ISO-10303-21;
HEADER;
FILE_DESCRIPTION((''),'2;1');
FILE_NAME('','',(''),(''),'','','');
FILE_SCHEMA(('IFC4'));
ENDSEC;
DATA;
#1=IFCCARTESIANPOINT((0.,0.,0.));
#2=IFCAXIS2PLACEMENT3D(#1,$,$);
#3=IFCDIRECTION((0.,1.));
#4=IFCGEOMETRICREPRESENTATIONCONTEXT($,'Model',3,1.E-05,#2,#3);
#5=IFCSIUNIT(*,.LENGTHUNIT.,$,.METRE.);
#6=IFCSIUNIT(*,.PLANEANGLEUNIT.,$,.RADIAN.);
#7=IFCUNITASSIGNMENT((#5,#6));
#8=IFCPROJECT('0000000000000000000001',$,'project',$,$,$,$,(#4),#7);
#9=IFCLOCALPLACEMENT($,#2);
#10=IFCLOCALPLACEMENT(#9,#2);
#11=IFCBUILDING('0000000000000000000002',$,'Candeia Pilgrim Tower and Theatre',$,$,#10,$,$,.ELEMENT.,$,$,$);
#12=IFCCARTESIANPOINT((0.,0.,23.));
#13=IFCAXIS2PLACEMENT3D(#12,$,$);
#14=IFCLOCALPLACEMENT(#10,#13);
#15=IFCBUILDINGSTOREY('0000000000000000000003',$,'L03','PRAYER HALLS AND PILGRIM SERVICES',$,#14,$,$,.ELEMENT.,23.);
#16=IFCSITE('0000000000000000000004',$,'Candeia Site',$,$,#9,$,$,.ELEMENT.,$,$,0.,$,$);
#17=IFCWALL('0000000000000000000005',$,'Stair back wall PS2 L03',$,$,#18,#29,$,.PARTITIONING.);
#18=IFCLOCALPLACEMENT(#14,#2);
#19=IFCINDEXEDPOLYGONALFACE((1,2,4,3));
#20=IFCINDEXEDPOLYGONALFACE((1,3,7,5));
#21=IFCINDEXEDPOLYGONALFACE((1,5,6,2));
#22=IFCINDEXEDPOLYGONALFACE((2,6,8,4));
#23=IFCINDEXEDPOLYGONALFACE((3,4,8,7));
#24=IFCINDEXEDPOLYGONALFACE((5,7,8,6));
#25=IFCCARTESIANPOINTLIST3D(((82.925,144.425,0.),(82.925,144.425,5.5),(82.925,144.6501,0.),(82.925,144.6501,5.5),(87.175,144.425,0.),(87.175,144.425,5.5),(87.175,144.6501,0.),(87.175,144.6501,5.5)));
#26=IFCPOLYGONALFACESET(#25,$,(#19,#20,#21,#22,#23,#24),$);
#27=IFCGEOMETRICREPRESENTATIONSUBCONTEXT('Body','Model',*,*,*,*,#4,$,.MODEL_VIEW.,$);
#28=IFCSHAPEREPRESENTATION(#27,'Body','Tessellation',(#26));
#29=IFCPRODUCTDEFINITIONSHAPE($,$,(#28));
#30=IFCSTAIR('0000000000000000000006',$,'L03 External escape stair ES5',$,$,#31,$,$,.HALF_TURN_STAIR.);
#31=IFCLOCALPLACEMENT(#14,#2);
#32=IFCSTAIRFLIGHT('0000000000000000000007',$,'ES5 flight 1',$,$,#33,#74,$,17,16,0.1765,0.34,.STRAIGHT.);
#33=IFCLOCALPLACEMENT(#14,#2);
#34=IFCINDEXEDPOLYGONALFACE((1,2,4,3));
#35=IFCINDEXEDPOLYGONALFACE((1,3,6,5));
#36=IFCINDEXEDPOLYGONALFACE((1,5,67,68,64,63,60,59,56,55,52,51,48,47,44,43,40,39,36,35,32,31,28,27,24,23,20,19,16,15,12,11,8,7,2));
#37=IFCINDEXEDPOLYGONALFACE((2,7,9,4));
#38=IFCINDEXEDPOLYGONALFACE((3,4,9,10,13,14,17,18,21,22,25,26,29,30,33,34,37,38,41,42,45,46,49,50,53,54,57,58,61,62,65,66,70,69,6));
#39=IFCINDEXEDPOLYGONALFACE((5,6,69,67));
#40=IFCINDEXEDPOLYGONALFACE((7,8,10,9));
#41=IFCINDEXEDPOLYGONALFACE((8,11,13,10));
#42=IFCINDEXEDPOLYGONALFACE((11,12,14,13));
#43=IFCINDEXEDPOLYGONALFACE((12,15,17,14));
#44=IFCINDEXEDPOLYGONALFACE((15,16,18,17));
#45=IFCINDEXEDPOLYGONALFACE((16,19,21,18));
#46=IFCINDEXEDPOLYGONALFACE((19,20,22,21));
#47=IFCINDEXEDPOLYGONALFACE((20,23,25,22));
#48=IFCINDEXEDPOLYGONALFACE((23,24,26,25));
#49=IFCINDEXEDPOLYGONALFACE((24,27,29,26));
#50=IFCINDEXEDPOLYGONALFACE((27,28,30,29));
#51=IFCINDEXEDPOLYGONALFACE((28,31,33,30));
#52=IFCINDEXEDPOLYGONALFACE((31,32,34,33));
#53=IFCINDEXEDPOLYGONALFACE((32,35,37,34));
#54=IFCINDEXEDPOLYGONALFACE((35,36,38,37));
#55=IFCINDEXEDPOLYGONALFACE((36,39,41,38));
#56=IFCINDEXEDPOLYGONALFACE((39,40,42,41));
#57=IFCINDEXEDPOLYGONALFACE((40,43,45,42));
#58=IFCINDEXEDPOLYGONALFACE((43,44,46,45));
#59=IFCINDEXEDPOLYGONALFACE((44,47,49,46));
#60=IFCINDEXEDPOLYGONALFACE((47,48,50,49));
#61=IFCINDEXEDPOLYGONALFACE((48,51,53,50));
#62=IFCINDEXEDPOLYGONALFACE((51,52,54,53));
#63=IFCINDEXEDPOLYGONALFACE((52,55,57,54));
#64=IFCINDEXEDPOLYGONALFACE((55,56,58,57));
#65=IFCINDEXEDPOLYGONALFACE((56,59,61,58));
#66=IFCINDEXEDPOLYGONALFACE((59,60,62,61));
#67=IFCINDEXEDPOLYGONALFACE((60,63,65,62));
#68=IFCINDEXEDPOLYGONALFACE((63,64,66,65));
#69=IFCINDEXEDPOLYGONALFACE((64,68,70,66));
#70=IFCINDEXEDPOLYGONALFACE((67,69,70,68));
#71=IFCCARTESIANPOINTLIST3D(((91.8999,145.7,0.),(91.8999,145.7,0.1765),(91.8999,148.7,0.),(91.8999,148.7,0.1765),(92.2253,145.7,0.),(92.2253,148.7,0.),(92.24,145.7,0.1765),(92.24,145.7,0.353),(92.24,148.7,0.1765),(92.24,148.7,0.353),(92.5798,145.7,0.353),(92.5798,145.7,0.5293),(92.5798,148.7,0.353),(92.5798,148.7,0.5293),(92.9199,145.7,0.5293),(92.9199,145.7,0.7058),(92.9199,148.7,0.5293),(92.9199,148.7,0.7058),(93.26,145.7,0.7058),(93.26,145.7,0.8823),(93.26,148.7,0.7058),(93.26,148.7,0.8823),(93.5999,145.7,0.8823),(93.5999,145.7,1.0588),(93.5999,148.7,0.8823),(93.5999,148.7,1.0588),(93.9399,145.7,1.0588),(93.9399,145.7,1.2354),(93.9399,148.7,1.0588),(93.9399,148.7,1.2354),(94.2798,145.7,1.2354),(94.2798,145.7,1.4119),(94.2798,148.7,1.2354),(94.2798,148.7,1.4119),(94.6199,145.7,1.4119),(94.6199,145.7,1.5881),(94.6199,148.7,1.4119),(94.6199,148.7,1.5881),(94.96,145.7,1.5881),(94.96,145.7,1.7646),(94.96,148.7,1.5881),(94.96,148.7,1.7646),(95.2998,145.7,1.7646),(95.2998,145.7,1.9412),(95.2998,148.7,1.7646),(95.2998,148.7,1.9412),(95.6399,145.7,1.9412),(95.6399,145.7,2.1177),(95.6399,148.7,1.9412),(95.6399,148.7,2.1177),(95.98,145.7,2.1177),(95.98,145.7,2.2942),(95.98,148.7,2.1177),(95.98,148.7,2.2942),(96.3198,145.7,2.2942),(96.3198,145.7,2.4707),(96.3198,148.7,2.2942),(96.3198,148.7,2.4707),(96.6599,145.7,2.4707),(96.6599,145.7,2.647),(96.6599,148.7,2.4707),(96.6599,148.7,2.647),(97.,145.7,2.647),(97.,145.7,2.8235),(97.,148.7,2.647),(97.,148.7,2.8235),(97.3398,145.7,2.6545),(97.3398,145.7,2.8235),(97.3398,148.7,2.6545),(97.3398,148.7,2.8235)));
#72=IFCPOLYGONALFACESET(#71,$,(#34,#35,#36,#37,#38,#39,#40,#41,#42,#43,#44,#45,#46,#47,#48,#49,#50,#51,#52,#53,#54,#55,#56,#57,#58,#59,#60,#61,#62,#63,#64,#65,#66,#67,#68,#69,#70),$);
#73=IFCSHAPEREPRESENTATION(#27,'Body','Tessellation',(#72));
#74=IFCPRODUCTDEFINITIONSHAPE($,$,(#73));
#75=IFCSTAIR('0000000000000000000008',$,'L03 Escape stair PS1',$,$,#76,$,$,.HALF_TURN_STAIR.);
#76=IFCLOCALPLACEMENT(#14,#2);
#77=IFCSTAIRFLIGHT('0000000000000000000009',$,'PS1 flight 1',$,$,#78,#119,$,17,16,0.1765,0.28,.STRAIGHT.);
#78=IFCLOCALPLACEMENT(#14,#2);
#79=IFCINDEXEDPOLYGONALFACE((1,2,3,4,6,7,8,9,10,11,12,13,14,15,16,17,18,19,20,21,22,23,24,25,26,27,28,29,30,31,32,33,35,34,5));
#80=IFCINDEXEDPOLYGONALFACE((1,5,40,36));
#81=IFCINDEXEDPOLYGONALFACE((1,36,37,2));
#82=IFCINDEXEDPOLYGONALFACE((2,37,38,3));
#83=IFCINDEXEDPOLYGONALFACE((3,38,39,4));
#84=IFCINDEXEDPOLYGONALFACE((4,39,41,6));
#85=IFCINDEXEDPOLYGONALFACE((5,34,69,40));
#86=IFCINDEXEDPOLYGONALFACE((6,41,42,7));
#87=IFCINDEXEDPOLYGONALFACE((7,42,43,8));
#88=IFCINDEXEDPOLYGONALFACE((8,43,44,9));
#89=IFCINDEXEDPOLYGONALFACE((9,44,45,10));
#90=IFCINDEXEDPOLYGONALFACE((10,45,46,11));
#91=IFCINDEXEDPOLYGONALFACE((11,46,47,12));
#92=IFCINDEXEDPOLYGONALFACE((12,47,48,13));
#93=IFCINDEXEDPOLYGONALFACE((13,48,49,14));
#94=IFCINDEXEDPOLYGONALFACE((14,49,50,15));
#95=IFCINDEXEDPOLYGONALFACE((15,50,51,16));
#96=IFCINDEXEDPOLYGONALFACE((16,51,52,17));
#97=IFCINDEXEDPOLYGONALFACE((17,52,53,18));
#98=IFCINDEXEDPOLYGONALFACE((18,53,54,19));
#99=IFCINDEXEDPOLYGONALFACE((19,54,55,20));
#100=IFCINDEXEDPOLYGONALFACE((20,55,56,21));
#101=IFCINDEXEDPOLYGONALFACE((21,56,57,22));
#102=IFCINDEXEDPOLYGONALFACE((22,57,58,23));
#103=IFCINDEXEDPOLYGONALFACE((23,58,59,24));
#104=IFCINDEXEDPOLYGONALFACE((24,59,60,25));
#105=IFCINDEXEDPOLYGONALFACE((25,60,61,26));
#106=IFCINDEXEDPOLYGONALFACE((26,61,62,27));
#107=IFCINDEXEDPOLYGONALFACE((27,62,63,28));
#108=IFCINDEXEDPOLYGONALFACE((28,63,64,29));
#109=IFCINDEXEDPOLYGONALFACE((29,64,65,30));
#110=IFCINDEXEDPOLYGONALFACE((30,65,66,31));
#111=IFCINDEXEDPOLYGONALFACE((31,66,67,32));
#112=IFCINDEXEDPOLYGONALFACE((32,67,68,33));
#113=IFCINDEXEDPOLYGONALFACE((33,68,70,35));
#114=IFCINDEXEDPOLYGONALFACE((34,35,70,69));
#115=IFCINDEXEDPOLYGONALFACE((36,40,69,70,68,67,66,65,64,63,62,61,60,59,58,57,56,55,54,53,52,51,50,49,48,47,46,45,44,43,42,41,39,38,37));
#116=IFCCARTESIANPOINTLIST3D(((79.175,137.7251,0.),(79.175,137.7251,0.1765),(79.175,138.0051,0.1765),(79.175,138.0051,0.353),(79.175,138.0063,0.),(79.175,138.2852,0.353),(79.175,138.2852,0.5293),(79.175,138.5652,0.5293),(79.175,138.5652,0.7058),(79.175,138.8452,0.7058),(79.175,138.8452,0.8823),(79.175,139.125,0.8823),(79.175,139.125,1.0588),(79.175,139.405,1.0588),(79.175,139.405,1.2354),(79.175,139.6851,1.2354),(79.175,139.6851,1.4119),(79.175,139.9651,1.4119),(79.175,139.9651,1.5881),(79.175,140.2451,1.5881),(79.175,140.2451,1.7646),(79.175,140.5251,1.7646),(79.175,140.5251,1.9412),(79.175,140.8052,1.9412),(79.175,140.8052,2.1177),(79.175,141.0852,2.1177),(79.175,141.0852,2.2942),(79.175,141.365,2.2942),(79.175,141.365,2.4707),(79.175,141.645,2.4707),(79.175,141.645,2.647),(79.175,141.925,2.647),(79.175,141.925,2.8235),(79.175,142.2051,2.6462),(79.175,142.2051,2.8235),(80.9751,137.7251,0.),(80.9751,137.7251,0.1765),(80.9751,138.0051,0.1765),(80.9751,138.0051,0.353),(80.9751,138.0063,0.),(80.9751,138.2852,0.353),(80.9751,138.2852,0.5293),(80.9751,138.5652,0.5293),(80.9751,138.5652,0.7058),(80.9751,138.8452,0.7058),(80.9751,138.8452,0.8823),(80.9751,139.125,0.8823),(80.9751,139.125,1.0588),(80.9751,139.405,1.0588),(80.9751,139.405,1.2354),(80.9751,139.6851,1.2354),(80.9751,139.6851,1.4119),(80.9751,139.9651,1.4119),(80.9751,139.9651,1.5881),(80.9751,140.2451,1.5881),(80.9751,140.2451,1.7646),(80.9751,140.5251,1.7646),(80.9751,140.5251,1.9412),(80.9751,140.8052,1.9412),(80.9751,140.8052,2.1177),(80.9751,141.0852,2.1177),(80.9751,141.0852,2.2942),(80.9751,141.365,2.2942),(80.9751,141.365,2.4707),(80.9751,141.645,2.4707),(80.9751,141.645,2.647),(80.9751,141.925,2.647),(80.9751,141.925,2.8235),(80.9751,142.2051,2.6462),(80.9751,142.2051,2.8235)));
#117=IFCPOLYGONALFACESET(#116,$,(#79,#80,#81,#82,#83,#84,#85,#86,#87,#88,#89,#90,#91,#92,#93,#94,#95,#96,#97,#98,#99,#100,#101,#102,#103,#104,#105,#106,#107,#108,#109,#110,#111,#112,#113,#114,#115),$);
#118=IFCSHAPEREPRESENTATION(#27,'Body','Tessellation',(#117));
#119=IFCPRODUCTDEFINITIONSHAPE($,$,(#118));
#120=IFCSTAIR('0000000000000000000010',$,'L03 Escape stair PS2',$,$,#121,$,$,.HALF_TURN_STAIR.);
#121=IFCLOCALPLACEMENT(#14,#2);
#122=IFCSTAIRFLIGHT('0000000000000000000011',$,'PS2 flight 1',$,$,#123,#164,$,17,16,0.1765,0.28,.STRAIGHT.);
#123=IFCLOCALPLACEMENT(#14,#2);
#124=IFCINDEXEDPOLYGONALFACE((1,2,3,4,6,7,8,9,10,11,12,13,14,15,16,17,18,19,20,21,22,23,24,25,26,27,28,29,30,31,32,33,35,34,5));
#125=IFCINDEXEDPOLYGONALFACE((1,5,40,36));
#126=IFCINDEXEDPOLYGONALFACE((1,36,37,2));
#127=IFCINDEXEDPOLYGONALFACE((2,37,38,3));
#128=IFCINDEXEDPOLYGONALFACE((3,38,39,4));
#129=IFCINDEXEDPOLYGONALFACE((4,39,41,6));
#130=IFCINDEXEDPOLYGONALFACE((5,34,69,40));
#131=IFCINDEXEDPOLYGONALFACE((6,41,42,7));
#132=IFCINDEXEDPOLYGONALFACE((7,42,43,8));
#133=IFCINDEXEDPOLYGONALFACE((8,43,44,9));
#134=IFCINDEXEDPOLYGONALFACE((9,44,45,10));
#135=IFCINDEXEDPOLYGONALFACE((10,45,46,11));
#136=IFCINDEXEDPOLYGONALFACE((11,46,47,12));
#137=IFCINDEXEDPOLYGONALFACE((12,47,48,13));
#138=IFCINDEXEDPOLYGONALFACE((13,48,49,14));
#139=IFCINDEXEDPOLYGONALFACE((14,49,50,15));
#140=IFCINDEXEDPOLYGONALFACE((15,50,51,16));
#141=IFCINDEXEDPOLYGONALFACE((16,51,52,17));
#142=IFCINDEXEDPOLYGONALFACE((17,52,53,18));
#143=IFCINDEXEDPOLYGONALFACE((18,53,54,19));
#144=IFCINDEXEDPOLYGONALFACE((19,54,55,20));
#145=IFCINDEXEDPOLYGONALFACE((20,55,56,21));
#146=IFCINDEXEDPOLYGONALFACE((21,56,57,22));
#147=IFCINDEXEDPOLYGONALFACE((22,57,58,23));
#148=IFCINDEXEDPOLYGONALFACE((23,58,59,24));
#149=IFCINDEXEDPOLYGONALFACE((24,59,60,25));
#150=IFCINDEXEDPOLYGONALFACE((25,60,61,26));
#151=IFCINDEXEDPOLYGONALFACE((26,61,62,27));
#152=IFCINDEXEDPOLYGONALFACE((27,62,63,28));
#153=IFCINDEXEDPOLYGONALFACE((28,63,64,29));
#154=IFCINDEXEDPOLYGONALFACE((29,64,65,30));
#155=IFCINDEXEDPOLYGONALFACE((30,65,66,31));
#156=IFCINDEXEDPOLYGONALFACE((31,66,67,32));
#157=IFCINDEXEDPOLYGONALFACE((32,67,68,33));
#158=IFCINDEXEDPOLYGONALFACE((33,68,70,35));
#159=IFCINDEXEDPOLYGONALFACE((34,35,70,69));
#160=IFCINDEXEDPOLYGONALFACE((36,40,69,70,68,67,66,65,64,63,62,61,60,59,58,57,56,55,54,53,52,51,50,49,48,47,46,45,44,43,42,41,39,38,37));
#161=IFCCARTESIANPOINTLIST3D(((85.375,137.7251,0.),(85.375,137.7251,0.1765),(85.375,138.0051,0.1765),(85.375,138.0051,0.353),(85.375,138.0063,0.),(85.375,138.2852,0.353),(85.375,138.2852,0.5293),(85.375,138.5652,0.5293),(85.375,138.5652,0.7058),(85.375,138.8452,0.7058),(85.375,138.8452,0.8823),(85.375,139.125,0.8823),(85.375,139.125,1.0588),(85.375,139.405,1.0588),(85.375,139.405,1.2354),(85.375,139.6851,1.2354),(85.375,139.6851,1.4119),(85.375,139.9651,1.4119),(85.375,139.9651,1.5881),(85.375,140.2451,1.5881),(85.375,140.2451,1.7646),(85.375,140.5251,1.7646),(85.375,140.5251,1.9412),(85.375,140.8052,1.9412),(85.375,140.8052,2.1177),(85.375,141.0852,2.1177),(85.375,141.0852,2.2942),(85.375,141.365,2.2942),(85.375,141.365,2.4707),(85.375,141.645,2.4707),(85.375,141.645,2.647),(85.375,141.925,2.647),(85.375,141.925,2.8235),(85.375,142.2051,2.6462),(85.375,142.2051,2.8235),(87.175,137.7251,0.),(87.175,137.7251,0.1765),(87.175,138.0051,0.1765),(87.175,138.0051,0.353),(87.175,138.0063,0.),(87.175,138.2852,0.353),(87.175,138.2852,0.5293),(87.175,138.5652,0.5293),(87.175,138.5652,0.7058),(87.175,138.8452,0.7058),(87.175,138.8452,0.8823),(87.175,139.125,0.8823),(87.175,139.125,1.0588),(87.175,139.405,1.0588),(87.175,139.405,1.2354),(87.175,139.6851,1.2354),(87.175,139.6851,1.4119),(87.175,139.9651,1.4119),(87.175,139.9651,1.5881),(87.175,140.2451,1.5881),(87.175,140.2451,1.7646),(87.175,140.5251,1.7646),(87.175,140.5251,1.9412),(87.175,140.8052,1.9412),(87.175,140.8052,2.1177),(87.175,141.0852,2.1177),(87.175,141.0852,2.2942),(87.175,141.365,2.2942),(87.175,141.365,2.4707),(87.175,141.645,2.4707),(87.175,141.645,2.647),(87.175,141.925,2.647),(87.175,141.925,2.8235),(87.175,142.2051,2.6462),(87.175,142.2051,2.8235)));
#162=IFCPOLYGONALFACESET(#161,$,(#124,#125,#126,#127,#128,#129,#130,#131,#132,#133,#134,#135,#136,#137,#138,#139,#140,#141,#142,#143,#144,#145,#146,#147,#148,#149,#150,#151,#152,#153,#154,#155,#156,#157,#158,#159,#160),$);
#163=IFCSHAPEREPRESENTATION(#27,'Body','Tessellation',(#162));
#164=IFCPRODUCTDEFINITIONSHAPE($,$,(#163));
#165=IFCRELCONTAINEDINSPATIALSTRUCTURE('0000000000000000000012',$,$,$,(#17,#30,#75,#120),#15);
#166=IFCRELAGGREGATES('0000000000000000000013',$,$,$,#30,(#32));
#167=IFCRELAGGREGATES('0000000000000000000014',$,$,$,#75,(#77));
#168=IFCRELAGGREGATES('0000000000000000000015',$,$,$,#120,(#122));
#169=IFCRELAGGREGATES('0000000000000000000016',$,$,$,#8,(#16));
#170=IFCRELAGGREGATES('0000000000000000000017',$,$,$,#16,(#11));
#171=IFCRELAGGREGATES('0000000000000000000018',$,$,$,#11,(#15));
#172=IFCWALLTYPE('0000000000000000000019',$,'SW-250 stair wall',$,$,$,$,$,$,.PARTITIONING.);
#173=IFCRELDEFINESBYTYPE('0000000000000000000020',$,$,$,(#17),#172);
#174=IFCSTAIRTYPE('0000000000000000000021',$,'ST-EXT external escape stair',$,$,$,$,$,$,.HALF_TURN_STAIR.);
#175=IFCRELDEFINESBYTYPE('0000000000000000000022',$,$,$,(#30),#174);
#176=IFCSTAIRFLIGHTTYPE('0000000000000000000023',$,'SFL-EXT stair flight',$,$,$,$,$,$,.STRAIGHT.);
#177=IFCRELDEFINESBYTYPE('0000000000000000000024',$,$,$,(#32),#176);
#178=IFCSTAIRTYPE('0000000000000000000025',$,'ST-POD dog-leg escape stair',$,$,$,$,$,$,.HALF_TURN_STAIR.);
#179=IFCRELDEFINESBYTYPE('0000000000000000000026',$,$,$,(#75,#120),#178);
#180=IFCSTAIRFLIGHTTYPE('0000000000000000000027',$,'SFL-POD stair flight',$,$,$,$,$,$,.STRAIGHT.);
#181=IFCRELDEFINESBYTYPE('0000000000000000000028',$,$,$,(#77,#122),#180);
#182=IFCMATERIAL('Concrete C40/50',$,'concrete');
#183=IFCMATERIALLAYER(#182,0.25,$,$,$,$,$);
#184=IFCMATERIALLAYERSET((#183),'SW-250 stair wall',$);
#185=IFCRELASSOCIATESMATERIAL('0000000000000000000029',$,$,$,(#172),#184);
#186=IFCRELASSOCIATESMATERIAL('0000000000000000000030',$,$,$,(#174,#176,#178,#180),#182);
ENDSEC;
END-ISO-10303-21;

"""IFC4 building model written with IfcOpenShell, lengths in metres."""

from ifc_helpers import new_model, si_unit, direction, frame, frame_2d, origin, place, context, subcontext, project, spatial, polyline, rectangle, outline, extrude, material, layer, layer_set, type_object, element, aggregate, save


model = new_model("IFC4")

# Units and contexts
model_context = context("Model", 3, precision=1e-05, world=origin(), true_north=direction((0.0, 1.0)))
body_context = subcontext(model_context, "Body", "Model", "MODEL_VIEW")
ifc_project = project(units=[si_unit("LENGTHUNIT", "METRE"), si_unit("PLANEANGLEUNIT", "RADIAN")], contexts=[model_context])

# Site, building, storey
site_placement = place(None, origin())
site = spatial("IfcSite", under=ifc_project, at=site_placement, Name="Candeia Site", CompositionType="ELEMENT", RefElevation=0.0)
building_placement = place(site_placement, origin())
building = spatial("IfcBuilding", under=site, at=building_placement, Name="Candeia Pilgrim Tower and Theatre", CompositionType="ELEMENT")
storey_placement = place(building_placement, frame((0.0, 0.0, 23.0)))
storey = spatial("IfcBuildingStorey", under=building, at=storey_placement, Name="L03", Description="PRAYER HALLS AND PILGRIM SERVICES", CompositionType="ELEMENT", Elevation=23.0)

# Shared definitions
ifc_material_1 = material(Name="Concrete C40/50", Category="concrete")

# Wall
ifc_layer_1 = layer(ifc_material_1, 0.25)
ifc_layer_set_1 = layer_set([ifc_layer_1], Name="SW-250 stair wall")
wall_type_1 = type_object("IfcWallType", Name="SW-250 stair wall", PredefinedType="PARTITIONING", material=ifc_layer_set_1)
wall_1_placement = place(storey_placement, frame((82.925, 144.5376, 0.0), z_axis=(0.0, 0.0, 1.0), x_axis=(1.0, 0.0, 0.0)))
element("IfcWall", 1, at=wall_1_placement, inside=storey, type_object=wall_type_1, Name="Stair back wall PS2 L03", PredefinedType="PARTITIONING", context=body_context, shape_type="SweptSolid", body=[
    extrude(rectangle(XDim=4.25, YDim=0.2251, at=frame_2d((2.125, 0.0))), origin(), (0.0, 0.0, 1.0), 5.5),
])

# Stairs, stair flights
stair_type_1 = type_object("IfcStairType", Name="ST-EXT external escape stair", PredefinedType="HALF_TURN_STAIR", material=ifc_material_1)
stair_1_placement = place(storey_placement, origin())
stair_1 = element("IfcStair", 2, at=stair_1_placement, inside=storey, type_object=stair_type_1, Name="L03 External escape stair ES5", PredefinedType="HALF_TURN_STAIR")
stair_flight_type_1 = type_object("IfcStairFlightType", Name="SFL-EXT stair flight", PredefinedType="STRAIGHT", material=ifc_material_1)
stair_flight_1_placement = place(storey_placement, frame((91.8999, 147.2, 0.0), z_axis=(0.0, 0.0, 1.0), x_axis=(1.0, 0.0, 0.0)))
stair_flight_1 = element("IfcStairFlight", 3, at=stair_flight_1_placement, type_object=stair_flight_type_1, Name="ES5 flight 1", NumberOfRisers=17, NumberOfTreads=16, PredefinedType="STRAIGHT", RiserHeight=0.1765, TreadLength=0.34, context=body_context, shape_type="SweptSolid", body=[
    extrude(outline(polyline([(0.0, 0.0), (0.0, 0.1765), (0.3401, 0.1765), (0.3401, 0.353), (0.6799, 0.353), (0.6799, 0.5293), (1.02, 0.5293), (1.02, 0.7058), (1.3601, 0.7058), (1.3601, 0.8823), (1.7, 0.8823), (1.7, 1.0588), (2.04, 1.0588), (2.04, 1.2354), (2.3799, 1.2354), (2.3799, 1.4119), (2.72, 1.4119), (2.72, 1.5881), (3.0601, 1.5881), (3.0601, 1.7646), (3.3999, 1.7646), (3.3999, 1.9412), (3.74, 1.9412), (3.74, 2.1177), (4.0801, 2.1177), (4.0801, 2.2942), (4.4199, 2.2942), (4.4199, 2.4707), (4.76, 2.4707), (4.76, 2.647), (5.1001, 2.647), (5.1001, 2.8235), (5.4399, 2.8235), (5.4399, 3.0), (5.4399, 2.6545), (0.3254, 0.0), (0.0, 0.0)])), frame((0.0, 1.5, 0.0), z_axis=(0.0, -1.0, 0.0), x_axis=(1.0, 0.0, 0.0)), (0.0, 0.0, 1.0), 3.0),
])
aggregate(stair_1, [stair_flight_1])
stair_type_2 = type_object("IfcStairType", Name="ST-POD dog-leg escape stair", PredefinedType="HALF_TURN_STAIR", material=ifc_material_1)
stair_2_placement = place(storey_placement, origin())
stair_2 = element("IfcStair", 4, at=stair_2_placement, inside=storey, type_object=stair_type_2, Name="L03 Escape stair PS1", PredefinedType="HALF_TURN_STAIR")
stair_flight_type_2 = type_object("IfcStairFlightType", Name="SFL-POD stair flight", PredefinedType="STRAIGHT", material=ifc_material_1)
stair_flight_2_placement = place(storey_placement, frame((80.075, 137.7251, 0.0), z_axis=(0.0, 0.0, 1.0), x_axis=(0.0, 1.0, 0.0)))
stair_flight_2 = element("IfcStairFlight", 5, at=stair_flight_2_placement, type_object=stair_flight_type_2, Name="PS1 flight 1", NumberOfRisers=17, NumberOfTreads=16, PredefinedType="STRAIGHT", RiserHeight=0.1765, TreadLength=0.28, context=body_context, shape_type="SweptSolid", body=[
    extrude(outline(polyline([(0.0, 0.0), (0.0, 0.1765), (0.28, 0.1765), (0.28, 0.353), (0.5601, 0.353), (0.5601, 0.5293), (0.8401, 0.5293), (0.8401, 0.7058), (1.1201, 0.7058), (1.1201, 0.8823), (1.3999, 0.8823), (1.3999, 1.0588), (1.6799, 1.0588), (1.6799, 1.2354), (1.96, 1.2354), (1.96, 1.4119), (2.24, 1.4119), (2.24, 1.5881), (2.52, 1.5881), (2.52, 1.7646), (2.8, 1.7646), (2.8, 1.9412), (3.0801, 1.9412), (3.0801, 2.1177), (3.3601, 2.1177), (3.3601, 2.2942), (3.6399, 2.2942), (3.6399, 2.4707), (3.9199, 2.4707), (3.9199, 2.647), (4.2, 2.647), (4.2, 2.8235), (4.48, 2.8235), (4.48, 3.0), (4.48, 2.6462), (0.2812, 0.0), (0.0, 0.0)])), frame((0.0, 0.8999, 0.0), z_axis=(0.0, -1.0, 0.0), x_axis=(1.0, 0.0, 0.0)), (0.0, 0.0, 1.0), 1.8),
])
aggregate(stair_2, [stair_flight_2])

# Stair, stair flight
stair_3_placement = place(storey_placement, origin())
stair_3 = element("IfcStair", 6, at=stair_3_placement, inside=storey, type_object=stair_type_2, Name="L03 Escape stair PS2", PredefinedType="HALF_TURN_STAIR")
stair_flight_3_placement = place(storey_placement, frame((86.2749, 137.7251, 0.0), z_axis=(0.0, 0.0, 1.0), x_axis=(0.0, 1.0, 0.0)))
stair_flight_3 = element("IfcStairFlight", 7, at=stair_flight_3_placement, type_object=stair_flight_type_2, Name="PS2 flight 1", NumberOfRisers=17, NumberOfTreads=16, PredefinedType="STRAIGHT", RiserHeight=0.1765, TreadLength=0.28, context=body_context, shape_type="SweptSolid", body=[
    extrude(outline(polyline([(0.0, 0.0), (0.0, 0.1765), (0.28, 0.1765), (0.28, 0.353), (0.5601, 0.353), (0.5601, 0.5293), (0.8401, 0.5293), (0.8401, 0.7058), (1.1201, 0.7058), (1.1201, 0.8823), (1.3999, 0.8823), (1.3999, 1.0588), (1.6799, 1.0588), (1.6799, 1.2354), (1.96, 1.2354), (1.96, 1.4119), (2.24, 1.4119), (2.24, 1.5881), (2.52, 1.5881), (2.52, 1.7646), (2.8, 1.7646), (2.8, 1.9412), (3.0801, 1.9412), (3.0801, 2.1177), (3.3601, 2.1177), (3.3601, 2.2942), (3.6399, 2.2942), (3.6399, 2.4707), (3.9199, 2.4707), (3.9199, 2.647), (4.2, 2.647), (4.2, 2.8235), (4.48, 2.8235), (4.48, 3.0), (4.48, 2.6462), (0.2812, 0.0), (0.0, 0.0)])), frame((0.0, 0.8999, 0.0), z_axis=(0.0, -1.0, 0.0), x_axis=(1.0, 0.0, 0.0)), (0.0, 0.0, 1.0), 1.8),
])
aggregate(stair_3, [stair_flight_3])

save(model, "model.ifc")
